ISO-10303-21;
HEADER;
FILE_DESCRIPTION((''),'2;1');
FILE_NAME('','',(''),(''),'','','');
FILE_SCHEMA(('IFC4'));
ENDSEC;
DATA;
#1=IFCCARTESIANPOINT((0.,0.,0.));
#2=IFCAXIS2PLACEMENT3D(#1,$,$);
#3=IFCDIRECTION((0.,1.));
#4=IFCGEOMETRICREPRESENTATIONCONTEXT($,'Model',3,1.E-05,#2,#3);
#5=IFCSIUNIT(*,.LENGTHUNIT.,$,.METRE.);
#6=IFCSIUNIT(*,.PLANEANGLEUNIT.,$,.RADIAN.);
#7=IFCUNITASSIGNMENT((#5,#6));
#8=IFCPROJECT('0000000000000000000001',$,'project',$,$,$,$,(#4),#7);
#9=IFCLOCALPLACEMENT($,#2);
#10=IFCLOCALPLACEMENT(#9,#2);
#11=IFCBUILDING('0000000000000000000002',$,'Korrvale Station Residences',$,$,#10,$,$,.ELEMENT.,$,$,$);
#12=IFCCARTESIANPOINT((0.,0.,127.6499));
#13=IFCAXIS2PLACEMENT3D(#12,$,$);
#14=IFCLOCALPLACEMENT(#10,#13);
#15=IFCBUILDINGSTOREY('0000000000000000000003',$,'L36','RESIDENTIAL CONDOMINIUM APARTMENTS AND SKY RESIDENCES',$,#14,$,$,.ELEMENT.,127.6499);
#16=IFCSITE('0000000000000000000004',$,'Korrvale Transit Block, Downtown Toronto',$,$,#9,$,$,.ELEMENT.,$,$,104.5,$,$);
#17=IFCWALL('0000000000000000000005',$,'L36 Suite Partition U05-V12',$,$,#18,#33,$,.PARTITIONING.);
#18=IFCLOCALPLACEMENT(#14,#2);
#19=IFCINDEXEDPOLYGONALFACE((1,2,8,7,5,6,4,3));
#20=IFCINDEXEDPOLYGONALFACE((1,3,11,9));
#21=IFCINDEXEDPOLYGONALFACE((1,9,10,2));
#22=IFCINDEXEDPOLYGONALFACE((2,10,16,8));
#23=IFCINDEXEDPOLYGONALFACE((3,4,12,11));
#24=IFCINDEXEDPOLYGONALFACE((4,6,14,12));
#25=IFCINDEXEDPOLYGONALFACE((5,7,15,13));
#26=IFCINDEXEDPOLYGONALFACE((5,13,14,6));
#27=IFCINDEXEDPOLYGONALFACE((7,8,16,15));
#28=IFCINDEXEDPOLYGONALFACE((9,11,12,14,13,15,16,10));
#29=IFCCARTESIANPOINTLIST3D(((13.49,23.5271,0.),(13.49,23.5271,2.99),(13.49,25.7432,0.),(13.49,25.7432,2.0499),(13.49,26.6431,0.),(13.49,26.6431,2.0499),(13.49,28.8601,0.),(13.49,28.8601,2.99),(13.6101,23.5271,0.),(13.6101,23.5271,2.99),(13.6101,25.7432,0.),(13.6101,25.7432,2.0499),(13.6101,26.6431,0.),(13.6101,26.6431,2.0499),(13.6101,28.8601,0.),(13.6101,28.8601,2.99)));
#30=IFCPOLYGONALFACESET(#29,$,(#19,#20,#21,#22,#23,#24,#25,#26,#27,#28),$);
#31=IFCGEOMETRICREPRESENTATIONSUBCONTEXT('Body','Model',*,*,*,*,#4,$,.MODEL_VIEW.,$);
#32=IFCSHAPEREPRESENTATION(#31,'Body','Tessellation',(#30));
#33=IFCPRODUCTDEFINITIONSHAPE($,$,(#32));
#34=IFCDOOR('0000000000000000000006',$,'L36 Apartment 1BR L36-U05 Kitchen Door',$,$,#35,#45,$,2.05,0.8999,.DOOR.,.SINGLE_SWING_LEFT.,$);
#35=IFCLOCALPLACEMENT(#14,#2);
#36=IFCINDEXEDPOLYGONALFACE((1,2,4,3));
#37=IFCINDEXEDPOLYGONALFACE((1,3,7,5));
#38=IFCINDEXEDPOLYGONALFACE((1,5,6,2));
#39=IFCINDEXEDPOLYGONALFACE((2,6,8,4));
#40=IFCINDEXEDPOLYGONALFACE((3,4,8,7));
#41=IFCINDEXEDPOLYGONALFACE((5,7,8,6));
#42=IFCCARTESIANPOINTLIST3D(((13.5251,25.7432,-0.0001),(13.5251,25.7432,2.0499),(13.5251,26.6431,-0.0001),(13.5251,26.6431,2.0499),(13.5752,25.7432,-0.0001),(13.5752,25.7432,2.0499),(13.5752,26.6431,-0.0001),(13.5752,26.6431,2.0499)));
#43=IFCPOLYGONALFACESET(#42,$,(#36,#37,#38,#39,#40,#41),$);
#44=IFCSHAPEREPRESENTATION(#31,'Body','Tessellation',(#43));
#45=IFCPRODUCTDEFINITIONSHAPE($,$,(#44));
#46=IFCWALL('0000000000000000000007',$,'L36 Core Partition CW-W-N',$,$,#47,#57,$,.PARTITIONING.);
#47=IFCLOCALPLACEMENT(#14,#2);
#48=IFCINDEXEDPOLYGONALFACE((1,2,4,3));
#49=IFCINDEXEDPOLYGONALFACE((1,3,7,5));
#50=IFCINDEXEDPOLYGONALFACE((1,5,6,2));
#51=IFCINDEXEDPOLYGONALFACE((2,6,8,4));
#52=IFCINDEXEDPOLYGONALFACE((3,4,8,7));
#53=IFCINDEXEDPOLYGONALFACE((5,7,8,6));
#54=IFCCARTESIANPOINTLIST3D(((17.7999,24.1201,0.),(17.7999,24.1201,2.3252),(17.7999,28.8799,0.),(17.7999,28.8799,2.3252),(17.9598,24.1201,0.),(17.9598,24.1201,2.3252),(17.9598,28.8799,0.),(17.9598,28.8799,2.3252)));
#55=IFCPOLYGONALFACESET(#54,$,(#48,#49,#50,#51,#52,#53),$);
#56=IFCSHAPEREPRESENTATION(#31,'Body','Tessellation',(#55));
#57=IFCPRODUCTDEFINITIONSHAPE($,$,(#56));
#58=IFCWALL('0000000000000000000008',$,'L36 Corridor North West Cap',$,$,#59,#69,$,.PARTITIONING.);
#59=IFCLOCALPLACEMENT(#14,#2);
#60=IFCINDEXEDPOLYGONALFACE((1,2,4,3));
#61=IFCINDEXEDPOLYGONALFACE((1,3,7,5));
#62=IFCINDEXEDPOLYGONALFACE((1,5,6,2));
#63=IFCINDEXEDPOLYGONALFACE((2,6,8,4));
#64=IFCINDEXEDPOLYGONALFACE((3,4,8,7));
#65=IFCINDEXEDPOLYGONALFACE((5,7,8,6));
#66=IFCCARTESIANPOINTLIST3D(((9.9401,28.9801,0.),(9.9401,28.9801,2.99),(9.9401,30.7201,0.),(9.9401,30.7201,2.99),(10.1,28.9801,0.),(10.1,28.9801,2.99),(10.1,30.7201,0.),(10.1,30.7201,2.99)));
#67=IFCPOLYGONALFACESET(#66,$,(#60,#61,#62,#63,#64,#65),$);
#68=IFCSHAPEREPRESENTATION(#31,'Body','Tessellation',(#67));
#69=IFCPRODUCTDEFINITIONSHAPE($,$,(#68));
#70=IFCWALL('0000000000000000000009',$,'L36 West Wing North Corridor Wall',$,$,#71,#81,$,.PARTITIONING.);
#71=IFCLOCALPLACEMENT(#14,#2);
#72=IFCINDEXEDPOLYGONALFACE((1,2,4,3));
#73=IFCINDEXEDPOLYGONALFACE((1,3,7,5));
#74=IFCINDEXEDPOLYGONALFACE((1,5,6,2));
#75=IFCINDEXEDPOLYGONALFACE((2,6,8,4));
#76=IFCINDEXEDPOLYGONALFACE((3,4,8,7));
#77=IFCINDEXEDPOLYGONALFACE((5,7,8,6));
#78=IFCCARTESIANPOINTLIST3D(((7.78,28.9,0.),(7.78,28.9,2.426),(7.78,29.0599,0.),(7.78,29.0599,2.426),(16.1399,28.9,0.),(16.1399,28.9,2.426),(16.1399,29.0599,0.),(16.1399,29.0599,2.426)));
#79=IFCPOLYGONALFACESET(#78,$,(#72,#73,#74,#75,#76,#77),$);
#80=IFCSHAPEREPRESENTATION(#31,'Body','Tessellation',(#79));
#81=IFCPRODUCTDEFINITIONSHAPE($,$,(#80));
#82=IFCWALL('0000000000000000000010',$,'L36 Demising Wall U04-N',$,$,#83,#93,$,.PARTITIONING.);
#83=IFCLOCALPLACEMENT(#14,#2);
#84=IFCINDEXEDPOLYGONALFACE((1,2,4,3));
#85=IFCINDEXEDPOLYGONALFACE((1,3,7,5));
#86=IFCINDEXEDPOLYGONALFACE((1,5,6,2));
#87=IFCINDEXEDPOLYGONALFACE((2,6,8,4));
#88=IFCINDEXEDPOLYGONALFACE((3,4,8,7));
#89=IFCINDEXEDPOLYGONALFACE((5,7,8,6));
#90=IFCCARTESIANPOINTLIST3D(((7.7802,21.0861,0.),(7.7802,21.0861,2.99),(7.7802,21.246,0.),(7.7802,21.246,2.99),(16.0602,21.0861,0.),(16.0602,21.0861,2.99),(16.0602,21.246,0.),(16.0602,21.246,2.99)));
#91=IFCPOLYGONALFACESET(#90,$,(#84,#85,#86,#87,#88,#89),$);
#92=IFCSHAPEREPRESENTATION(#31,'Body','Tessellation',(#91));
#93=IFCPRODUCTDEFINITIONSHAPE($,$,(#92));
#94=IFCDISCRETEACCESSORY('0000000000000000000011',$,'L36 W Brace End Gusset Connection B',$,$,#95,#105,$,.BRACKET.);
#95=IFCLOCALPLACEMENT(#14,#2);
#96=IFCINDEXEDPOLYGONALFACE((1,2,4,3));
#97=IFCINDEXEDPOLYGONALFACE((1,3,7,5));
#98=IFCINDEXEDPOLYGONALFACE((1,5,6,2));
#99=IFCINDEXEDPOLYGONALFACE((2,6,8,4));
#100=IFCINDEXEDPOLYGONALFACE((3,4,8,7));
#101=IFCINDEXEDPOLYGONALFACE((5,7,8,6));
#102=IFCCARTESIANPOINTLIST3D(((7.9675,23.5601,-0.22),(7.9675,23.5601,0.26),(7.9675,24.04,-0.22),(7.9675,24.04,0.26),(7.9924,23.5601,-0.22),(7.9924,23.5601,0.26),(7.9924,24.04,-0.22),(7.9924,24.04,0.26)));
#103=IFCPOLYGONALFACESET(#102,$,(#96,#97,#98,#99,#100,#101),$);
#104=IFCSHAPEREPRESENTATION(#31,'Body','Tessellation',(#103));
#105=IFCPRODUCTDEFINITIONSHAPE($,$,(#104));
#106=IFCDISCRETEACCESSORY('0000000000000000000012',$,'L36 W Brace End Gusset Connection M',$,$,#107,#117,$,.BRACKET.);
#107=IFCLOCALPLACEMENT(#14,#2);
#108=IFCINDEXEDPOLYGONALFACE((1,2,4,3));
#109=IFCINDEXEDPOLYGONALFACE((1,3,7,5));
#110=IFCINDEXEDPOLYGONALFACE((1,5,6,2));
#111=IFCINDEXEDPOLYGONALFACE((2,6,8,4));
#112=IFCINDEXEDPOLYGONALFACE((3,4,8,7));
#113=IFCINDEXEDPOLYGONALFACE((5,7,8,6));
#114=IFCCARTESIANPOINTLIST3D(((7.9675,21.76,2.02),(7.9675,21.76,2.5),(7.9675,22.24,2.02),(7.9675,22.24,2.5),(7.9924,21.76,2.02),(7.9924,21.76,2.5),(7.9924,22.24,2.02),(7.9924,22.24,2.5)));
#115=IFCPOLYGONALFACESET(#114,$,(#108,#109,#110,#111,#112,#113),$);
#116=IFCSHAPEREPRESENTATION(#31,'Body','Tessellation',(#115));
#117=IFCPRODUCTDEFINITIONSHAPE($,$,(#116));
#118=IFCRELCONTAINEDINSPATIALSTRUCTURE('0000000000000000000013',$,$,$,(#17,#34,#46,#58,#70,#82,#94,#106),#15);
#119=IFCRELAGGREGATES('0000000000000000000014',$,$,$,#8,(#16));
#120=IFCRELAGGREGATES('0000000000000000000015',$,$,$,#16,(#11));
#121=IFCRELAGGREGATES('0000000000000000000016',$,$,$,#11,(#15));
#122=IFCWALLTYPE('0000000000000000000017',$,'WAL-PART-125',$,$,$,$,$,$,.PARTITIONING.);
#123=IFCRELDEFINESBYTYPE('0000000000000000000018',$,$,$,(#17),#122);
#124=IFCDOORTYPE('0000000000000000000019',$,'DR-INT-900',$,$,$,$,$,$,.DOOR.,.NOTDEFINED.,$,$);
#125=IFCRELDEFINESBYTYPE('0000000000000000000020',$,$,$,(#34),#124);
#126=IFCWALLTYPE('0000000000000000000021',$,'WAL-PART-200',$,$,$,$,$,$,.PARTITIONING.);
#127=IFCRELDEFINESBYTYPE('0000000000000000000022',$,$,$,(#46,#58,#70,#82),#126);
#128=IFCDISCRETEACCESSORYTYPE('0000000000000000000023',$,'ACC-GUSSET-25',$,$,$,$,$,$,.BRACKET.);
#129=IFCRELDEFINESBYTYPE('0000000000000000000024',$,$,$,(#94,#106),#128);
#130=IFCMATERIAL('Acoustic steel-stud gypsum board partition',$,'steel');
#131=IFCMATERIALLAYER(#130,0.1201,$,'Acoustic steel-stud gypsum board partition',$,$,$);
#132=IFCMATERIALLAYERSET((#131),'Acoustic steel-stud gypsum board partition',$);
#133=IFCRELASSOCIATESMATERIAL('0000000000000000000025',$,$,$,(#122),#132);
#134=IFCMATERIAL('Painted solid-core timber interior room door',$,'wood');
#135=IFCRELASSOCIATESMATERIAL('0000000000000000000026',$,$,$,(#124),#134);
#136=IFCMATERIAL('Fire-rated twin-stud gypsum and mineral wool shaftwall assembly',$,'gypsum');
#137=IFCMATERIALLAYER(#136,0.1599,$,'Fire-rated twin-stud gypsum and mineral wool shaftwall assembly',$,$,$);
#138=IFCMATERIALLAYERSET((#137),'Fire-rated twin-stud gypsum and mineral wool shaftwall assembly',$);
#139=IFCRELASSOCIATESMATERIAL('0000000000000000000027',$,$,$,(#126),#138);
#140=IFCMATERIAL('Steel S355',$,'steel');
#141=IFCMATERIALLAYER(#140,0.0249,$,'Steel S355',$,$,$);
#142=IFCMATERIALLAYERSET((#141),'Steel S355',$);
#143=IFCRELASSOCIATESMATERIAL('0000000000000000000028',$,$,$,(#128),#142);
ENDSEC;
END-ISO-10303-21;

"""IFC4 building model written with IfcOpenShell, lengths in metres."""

from ifc_helpers import new_model, si_unit, direction, frame, frame_2d, origin, origin_2d, place, context, subcontext, project, spatial, rectangle, extrude, material, layer, layer_set, type_object, element, fill, save


model = new_model("IFC4")

# Units and contexts
model_context = context("Model", 3, precision=1e-05, world=origin(), true_north=direction((0.0, 1.0)))
body_context = subcontext(model_context, "Body", "Model", "MODEL_VIEW")
ifc_project = project(units=[si_unit("LENGTHUNIT", "METRE"), si_unit("PLANEANGLEUNIT", "RADIAN")], contexts=[model_context])

# Site, building, storey
site_placement = place(None, origin())
site = spatial("IfcSite", under=ifc_project, at=site_placement, Name="Korrvale Transit Block, Downtown Toronto", CompositionType="ELEMENT", RefElevation=104.5)
building_placement = place(site_placement, origin())
building = spatial("IfcBuilding", under=site, at=building_placement, Name="Korrvale Station Residences", CompositionType="ELEMENT")
storey_placement = place(building_placement, frame((0.0, 0.0, 127.6499)))
storey = spatial("IfcBuildingStorey", under=building, at=storey_placement, Name="L36", Description="RESIDENTIAL CONDOMINIUM APARTMENTS AND SKY RESIDENCES", CompositionType="ELEMENT", Elevation=127.6499)

# Shared definitions
ifc_material_1 = material(Name="Steel S355", Category="steel")

# Shared definitions
ifc_material_2 = material(Name="Acoustic steel-stud gypsum board partition", Category="steel")
ifc_layer_1 = layer(ifc_material_2, 0.1201, Name="Acoustic steel-stud gypsum board partition")
ifc_layer_set_1 = layer_set([ifc_layer_1], Name="Acoustic steel-stud gypsum board partition")
wall_type_1 = type_object("IfcWallType", Name="WAL-PART-125", PredefinedType="PARTITIONING", material=ifc_layer_set_1)

# Wall, opening, door
wall_1_placement = place(storey_placement, frame((13.55, 23.5271, 0.0), z_axis=(0.0, 0.0, 1.0), x_axis=(0.0, 1.0, 0.0)))
wall_1 = element("IfcWall", 1, at=wall_1_placement, inside=storey, type_object=wall_type_1, Name="L36 Suite Partition U05-V12", PredefinedType="PARTITIONING", context=body_context, shape_type="SweptSolid", body=[
    extrude(rectangle(XDim=5.333, YDim=0.1201, at=frame_2d((2.6665, 0.0))), origin(), (0.0, 0.0, 1.0), 2.99),
])
opening_1_placement = place(wall_1_placement, frame((2.2161, 0.0, 0.0)))
opening_1 = element("IfcOpeningElement", 2, at=opening_1_placement, cuts=wall_1, PredefinedType="OPENING", context=body_context, shape_type="SweptSolid", body=[
    extrude(rectangle(XDim=0.8999, YDim=2.05, at=frame_2d((0.45, 1.0249))), frame((0.0, 0.0701, 0.0), z_axis=(0.0, -1.0, 0.0), x_axis=(1.0, 0.0, 0.0)), (0.0, 0.0, 1.0), 0.1401),
])
ifc_material_3 = material(Name="Painted solid-core timber interior room door", Category="wood")
door_type_1 = type_object("IfcDoorType", Name="DR-INT-900", OperationType="NOTDEFINED", PredefinedType="DOOR", material=ifc_material_3)
door_1_placement = place(opening_1_placement, origin())
door_1 = element("IfcDoor", 3, at=door_1_placement, inside=storey, type_object=door_type_1, Name="L36 Apartment 1BR L36-U05 Kitchen Door", OperationType="SINGLE_SWING_LEFT", OverallHeight=2.05, OverallWidth=0.8999, PredefinedType="DOOR", context=body_context, shape_type="SweptSolid", body=[
    extrude(rectangle(XDim=0.8999, YDim=2.05, at=frame_2d((0.45, 1.0249))), frame((0.0, 0.0249, 0.0), z_axis=(0.0, -1.0, 0.0), x_axis=(1.0, 0.0, 0.0)), (0.0, 0.0, 1.0), 0.05),
])
fill(opening_1, door_1)

# Walls
ifc_material_4 = material(Name="Fire-rated twin-stud gypsum and mineral wool shaftwall assembly", Category="gypsum")
ifc_layer_2 = layer(ifc_material_4, 0.1599, Name="Fire-rated twin-stud gypsum and mineral wool shaftwall assembly")
ifc_layer_set_2 = layer_set([ifc_layer_2], Name="Fire-rated twin-stud gypsum and mineral wool shaftwall assembly")
wall_type_2 = type_object("IfcWallType", Name="WAL-PART-200", PredefinedType="PARTITIONING", material=ifc_layer_set_2)
wall_2_placement = place(storey_placement, frame((17.8799, 24.1201, 0.0), z_axis=(0.0, 0.0, 1.0), x_axis=(0.0, 1.0, 0.0)))
element("IfcWall", 4, at=wall_2_placement, inside=storey, type_object=wall_type_2, Name="L36 Core Partition CW-W-N", PredefinedType="PARTITIONING", context=body_context, shape_type="SweptSolid", body=[
    extrude(rectangle(XDim=4.7598, YDim=0.1599, at=frame_2d((2.3799, 0.0))), origin(), (0.0, 0.0, 1.0), 2.3252),
])
wall_3_placement = place(storey_placement, frame((10.02, 28.98, 0.0), z_axis=(0.0, 0.0, 1.0), x_axis=(0.0, 1.0, 0.0)))
element("IfcWall", 5, at=wall_3_placement, inside=storey, type_object=wall_type_2, Name="L36 Corridor North West Cap", PredefinedType="PARTITIONING", context=body_context, shape_type="SweptSolid", body=[
    extrude(rectangle(XDim=1.74, YDim=0.1599, at=frame_2d((0.8701, 0.0))), origin(), (0.0, 0.0, 1.0), 2.99),
])
wall_4_placement = place(storey_placement, frame((7.78, 28.98, 0.0), z_axis=(0.0, 0.0, 1.0), x_axis=(1.0, 0.0, 0.0)))
element("IfcWall", 6, at=wall_4_placement, inside=storey, type_object=wall_type_2, Name="L36 West Wing North Corridor Wall", PredefinedType="PARTITIONING", context=body_context, shape_type="SweptSolid", body=[
    extrude(rectangle(XDim=8.3599, YDim=0.1599, at=frame_2d((4.1799, 0.0))), origin(), (0.0, 0.0, 1.0), 2.426),
])
wall_5_placement = place(storey_placement, frame((7.78, 21.166, 0.0), z_axis=(0.0, 0.0, 1.0), x_axis=(1.0, 0.0, 0.0)))
element("IfcWall", 7, at=wall_5_placement, inside=storey, type_object=wall_type_2, Name="L36 Demising Wall U04-N", PredefinedType="PARTITIONING", context=body_context, shape_type="SweptSolid", body=[
    extrude(rectangle(XDim=8.28, YDim=0.1599, at=frame_2d((4.1401, 0.0))), origin(), (0.0, 0.0, 1.0), 2.99),
])

# Discrete accessories
ifc_layer_3 = layer(ifc_material_1, 0.0249, Name="Steel S355")
ifc_layer_set_3 = layer_set([ifc_layer_3], Name="Steel S355")
discrete_accessory_type = type_object("IfcDiscreteAccessoryType", Name="ACC-GUSSET-25", PredefinedType="BRACKET", material=ifc_layer_set_3)
for number, where, z_axis, x_axis, name in (
    (8, (7.98, 23.8, -0.22), (0.0, 0.0, 1.0), (0.0, 1.0, 0.0), "L36 W Brace End Gusset Connection B"),
    (9, (7.98, 22.0, 2.02), (0.0, 0.0, 1.0), (0.0, 1.0, 0.0), "L36 W Brace End Gusset Connection M"),
):
    element("IfcDiscreteAccessory", number, at=place(storey_placement, frame(where, z_axis=z_axis, x_axis=x_axis)), inside=storey, type_object=discrete_accessory_type, Name=name, PredefinedType="BRACKET", context=body_context, shape_type="SweptSolid", body=[
        extrude(rectangle(XDim=0.48, YDim=0.0249, at=origin_2d()), origin(), (0.0, 0.0, 1.0), 0.48),
    ])

save(model, "model.ifc")
